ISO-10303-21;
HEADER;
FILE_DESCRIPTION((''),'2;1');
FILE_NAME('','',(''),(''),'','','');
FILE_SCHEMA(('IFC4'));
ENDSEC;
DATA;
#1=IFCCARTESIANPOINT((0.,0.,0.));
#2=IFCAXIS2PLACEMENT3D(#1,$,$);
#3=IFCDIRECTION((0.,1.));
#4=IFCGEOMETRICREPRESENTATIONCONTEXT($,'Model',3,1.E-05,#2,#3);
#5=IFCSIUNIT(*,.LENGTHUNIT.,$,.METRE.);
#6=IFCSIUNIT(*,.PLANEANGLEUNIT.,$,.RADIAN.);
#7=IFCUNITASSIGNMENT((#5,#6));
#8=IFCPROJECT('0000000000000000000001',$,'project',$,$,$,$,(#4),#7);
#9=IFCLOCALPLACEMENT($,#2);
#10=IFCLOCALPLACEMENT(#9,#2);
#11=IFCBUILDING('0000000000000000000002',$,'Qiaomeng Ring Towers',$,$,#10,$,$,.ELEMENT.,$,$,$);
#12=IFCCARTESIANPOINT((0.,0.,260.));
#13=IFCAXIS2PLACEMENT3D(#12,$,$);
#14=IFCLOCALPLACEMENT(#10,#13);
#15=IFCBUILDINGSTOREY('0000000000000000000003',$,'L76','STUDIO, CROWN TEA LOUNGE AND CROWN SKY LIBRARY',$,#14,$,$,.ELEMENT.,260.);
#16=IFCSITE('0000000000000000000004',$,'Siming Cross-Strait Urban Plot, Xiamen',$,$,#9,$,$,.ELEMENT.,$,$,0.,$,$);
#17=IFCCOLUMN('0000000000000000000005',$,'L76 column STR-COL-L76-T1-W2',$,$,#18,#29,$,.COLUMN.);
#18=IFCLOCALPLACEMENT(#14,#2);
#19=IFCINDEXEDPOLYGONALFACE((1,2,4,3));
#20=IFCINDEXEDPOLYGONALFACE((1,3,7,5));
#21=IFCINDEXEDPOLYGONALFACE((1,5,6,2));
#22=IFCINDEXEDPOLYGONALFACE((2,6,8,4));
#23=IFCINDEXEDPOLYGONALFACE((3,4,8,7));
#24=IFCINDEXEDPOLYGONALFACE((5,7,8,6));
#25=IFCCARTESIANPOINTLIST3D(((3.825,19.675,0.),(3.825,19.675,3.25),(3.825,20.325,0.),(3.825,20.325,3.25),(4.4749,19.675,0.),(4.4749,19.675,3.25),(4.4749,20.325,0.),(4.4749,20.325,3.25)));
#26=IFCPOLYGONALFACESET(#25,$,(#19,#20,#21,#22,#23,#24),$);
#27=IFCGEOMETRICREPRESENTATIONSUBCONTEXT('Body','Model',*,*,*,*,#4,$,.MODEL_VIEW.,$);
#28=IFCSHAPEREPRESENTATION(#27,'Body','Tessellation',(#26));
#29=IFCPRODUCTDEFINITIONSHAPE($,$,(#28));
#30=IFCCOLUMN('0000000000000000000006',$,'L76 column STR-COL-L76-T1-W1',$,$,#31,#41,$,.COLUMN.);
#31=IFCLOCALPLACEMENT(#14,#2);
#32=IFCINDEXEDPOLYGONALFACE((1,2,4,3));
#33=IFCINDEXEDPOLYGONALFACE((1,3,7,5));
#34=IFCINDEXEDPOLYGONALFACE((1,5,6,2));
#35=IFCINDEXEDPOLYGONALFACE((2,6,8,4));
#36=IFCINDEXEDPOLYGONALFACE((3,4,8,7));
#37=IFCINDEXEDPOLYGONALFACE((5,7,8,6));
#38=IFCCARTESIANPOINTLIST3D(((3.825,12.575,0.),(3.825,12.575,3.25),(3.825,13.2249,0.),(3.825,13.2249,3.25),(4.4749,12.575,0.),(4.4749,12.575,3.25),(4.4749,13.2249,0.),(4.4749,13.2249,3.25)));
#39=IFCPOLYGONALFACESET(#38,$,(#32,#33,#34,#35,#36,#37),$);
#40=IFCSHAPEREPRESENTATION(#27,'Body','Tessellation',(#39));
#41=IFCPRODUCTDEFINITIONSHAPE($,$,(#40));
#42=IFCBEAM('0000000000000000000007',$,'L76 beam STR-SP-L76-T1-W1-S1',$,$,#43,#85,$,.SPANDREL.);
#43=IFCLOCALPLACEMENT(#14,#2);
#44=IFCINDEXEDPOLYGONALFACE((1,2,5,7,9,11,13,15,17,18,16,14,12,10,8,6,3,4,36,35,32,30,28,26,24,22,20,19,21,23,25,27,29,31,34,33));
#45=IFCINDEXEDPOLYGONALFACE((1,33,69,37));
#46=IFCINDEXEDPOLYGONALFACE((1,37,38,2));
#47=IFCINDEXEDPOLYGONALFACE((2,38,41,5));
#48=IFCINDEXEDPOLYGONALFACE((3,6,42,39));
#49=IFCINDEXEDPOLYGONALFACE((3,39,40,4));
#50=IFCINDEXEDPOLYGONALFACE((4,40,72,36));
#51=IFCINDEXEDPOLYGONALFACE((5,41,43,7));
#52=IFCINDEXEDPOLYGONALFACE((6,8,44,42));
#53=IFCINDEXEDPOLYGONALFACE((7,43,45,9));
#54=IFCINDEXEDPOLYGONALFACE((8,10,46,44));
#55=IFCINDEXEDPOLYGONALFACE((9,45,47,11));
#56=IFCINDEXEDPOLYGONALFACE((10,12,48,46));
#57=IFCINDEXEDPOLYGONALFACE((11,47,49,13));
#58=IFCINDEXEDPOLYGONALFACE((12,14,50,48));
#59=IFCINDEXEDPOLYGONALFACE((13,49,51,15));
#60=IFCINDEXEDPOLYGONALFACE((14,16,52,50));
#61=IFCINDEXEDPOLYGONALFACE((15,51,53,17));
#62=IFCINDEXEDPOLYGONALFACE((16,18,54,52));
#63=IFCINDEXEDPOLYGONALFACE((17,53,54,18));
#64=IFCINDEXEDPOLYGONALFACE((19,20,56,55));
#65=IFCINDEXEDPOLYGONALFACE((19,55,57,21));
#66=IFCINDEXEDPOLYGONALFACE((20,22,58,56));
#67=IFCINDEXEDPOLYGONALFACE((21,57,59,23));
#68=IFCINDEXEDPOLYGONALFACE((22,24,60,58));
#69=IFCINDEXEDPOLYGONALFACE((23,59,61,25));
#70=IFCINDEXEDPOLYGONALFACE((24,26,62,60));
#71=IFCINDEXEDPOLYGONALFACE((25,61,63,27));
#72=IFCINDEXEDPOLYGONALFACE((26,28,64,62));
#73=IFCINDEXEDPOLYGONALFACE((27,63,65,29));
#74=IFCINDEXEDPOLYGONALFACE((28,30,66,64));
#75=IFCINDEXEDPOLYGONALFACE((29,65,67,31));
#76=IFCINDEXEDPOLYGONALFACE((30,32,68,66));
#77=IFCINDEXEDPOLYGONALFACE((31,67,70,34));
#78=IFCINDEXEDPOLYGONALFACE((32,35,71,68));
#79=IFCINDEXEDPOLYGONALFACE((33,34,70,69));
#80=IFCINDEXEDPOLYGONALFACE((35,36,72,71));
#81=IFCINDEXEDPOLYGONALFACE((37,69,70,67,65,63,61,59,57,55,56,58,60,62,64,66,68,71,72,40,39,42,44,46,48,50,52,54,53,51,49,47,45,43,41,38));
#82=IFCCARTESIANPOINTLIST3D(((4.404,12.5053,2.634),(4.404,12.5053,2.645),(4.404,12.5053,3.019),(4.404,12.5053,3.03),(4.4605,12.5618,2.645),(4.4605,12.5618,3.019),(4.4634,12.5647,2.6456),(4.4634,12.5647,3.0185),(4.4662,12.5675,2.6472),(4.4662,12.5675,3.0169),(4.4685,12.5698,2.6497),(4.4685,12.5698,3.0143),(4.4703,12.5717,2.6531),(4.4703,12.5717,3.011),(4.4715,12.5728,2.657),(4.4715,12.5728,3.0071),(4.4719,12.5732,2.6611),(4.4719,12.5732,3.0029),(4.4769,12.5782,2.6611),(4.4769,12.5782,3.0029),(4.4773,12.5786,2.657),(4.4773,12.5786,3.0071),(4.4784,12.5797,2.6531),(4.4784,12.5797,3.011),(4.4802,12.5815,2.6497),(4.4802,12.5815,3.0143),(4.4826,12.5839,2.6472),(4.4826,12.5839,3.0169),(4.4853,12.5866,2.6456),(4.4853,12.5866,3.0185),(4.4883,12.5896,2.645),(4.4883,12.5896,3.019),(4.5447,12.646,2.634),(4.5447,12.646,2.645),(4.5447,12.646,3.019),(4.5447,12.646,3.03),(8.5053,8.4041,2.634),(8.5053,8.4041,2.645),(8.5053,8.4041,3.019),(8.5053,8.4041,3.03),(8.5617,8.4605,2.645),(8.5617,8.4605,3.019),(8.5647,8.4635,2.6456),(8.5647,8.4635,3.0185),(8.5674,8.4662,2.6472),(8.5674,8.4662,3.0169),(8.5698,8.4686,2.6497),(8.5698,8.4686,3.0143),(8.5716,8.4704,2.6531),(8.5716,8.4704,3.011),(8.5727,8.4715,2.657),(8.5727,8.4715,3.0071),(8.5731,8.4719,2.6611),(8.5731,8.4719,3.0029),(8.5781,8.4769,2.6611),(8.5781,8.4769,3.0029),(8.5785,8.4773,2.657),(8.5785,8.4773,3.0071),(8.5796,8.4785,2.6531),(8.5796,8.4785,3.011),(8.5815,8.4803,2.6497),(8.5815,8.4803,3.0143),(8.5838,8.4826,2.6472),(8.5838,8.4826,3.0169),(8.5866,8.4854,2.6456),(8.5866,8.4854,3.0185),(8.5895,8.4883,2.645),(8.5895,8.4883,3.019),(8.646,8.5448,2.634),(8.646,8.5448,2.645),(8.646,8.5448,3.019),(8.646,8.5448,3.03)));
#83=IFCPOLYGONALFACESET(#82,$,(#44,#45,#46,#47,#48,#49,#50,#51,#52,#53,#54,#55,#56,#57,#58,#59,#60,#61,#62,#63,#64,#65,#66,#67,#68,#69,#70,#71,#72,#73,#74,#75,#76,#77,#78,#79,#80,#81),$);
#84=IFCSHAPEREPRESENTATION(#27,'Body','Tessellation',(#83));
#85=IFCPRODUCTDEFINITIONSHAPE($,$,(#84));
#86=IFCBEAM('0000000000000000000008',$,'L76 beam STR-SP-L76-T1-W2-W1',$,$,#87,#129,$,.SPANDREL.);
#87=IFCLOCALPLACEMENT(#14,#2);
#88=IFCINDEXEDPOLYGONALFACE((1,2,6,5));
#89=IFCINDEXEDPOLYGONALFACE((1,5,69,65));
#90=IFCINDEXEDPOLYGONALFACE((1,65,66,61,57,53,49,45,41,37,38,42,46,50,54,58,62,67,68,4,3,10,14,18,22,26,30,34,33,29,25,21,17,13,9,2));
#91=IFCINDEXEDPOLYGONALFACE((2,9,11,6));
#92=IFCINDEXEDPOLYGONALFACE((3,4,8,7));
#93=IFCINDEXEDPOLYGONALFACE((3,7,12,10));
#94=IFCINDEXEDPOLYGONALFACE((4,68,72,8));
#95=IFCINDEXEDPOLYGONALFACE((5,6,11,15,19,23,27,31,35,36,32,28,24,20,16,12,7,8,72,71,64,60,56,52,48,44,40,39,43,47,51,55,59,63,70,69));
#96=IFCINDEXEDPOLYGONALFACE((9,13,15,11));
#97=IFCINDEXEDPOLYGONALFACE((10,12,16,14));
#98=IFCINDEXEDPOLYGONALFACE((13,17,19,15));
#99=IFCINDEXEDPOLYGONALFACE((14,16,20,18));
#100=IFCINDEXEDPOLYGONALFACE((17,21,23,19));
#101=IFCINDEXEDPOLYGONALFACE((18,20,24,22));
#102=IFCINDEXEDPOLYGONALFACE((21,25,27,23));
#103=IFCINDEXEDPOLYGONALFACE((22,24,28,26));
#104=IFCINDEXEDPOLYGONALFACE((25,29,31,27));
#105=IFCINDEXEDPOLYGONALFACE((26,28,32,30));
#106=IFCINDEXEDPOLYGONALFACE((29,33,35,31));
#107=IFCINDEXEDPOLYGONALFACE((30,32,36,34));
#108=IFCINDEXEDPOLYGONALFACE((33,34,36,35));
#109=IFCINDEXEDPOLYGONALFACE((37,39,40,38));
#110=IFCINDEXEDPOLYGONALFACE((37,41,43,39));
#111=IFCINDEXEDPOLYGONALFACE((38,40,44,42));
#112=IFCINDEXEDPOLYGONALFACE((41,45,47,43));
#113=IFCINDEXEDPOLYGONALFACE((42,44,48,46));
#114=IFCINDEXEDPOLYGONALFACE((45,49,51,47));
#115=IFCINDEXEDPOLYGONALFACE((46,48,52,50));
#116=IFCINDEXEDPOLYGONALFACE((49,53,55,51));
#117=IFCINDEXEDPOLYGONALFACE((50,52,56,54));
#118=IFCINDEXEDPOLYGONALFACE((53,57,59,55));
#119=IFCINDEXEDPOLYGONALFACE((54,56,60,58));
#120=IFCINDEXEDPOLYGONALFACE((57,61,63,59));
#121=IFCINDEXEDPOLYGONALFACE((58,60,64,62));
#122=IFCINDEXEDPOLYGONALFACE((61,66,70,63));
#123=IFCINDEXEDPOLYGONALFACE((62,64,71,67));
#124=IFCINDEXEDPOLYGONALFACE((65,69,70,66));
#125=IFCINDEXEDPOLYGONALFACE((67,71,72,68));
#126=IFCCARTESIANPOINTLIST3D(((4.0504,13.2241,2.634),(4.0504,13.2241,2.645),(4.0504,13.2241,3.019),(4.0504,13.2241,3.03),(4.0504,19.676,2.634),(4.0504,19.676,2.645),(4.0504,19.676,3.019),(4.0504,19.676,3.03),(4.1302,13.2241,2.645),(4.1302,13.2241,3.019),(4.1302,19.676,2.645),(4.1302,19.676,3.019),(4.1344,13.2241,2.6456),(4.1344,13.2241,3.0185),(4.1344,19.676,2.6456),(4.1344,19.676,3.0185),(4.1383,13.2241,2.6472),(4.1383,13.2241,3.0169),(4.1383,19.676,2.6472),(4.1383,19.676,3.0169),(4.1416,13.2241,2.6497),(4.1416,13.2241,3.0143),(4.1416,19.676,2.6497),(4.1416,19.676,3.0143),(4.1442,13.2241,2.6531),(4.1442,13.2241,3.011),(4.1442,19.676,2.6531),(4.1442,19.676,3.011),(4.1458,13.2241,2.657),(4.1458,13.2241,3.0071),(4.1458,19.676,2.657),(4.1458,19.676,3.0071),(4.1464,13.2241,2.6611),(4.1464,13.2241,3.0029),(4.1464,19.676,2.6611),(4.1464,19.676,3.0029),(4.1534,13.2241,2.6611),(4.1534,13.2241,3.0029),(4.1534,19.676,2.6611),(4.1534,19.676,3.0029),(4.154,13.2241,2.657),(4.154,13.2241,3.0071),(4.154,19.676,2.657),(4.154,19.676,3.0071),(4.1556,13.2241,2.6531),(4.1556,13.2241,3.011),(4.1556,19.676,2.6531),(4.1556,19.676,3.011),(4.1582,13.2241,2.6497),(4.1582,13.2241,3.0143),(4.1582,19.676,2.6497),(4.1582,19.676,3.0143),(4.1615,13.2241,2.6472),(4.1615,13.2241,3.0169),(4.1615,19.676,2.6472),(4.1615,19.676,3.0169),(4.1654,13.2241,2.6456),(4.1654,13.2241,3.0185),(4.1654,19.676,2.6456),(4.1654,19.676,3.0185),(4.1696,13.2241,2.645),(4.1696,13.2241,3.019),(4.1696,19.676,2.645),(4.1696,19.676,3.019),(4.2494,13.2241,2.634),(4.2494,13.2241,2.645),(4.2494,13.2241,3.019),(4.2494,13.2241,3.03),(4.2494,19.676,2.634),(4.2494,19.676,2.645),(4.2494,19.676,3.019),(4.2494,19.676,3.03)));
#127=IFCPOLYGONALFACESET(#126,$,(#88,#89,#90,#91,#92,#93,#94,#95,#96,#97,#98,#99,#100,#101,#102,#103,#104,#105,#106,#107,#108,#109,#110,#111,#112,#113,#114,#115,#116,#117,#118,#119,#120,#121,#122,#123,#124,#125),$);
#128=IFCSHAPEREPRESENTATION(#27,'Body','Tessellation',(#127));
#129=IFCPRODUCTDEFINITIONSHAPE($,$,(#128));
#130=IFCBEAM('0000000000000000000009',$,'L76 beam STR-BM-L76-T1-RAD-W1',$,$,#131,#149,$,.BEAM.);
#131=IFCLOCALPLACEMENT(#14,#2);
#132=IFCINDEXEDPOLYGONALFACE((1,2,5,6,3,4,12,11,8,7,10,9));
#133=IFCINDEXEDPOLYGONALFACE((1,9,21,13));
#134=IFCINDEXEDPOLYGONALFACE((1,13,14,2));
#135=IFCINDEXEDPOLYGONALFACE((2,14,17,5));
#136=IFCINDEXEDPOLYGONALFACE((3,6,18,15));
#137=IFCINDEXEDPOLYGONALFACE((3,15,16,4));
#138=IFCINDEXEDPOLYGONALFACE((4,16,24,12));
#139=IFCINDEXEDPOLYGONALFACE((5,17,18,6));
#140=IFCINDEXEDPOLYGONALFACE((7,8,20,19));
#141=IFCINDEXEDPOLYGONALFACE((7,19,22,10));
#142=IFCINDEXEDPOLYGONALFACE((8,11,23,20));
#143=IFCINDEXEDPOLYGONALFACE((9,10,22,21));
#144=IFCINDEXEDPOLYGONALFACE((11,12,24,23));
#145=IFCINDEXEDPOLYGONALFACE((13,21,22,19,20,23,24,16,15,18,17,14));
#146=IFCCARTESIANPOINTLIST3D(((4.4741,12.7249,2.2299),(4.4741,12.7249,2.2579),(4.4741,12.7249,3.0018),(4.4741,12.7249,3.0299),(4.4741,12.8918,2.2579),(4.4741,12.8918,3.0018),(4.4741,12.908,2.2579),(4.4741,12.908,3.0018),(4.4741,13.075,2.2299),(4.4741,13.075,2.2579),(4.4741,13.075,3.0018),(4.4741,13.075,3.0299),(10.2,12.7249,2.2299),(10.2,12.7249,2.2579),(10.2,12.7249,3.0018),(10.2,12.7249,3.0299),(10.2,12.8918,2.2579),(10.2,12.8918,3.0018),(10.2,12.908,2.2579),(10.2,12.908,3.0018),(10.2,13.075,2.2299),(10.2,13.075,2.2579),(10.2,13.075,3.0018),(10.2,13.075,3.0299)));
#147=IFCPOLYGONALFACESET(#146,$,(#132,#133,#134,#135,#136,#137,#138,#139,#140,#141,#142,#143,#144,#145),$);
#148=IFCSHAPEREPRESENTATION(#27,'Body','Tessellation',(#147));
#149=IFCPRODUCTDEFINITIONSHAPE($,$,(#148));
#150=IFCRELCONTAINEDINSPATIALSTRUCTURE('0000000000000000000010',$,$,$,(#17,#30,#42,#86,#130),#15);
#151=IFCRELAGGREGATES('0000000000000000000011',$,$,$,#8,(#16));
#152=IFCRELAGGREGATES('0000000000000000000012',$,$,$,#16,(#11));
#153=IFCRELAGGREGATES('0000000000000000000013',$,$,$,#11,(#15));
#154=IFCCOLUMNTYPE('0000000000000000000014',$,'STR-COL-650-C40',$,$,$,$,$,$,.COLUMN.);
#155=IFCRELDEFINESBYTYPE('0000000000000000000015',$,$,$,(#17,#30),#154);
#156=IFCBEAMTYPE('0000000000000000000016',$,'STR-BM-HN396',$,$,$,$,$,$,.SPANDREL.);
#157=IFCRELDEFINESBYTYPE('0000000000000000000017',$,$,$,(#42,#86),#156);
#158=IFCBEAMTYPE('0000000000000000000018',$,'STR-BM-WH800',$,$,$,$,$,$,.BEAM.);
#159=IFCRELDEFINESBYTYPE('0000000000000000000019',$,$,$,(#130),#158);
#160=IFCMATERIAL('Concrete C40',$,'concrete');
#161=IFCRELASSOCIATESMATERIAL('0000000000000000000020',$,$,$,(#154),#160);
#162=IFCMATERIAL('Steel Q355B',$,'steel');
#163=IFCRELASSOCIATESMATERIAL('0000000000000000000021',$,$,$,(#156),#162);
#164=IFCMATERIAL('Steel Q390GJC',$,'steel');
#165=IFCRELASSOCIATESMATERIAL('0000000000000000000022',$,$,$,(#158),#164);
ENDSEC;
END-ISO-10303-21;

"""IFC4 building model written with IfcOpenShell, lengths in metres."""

from ifc_helpers import new_model, si_unit, direction, frame, origin, origin_2d, place, context, subcontext, project, spatial, rectangle, i_section, extrude, source, transform, mapped, material, material_profile, profile_set, type_object, element, save


model = new_model("IFC4")

# Units and contexts
model_context = context("Model", 3, precision=1e-05, world=origin(), true_north=direction((0.0, 1.0)))
body_context = subcontext(model_context, "Body", "Model", "MODEL_VIEW")
ifc_project = project(units=[si_unit("LENGTHUNIT", "METRE"), si_unit("PLANEANGLEUNIT", "RADIAN")], contexts=[model_context])

# Site, building, storey
site_placement = place(None, origin())
site = spatial("IfcSite", under=ifc_project, at=site_placement, Name="Siming Cross-Strait Urban Plot, Xiamen", CompositionType="ELEMENT", RefElevation=0.0)
building_placement = place(site_placement, origin())
building = spatial("IfcBuilding", under=site, at=building_placement, Name="Qiaomeng Ring Towers", CompositionType="ELEMENT")
storey_placement = place(building_placement, frame((0.0, 0.0, 260.0)))
storey = spatial("IfcBuildingStorey", under=building, at=storey_placement, Name="L76", Description="STUDIO, CROWN TEA LOUNGE AND CROWN SKY LIBRARY", CompositionType="ELEMENT", Elevation=260.0)

# Columns
ifc_material_1 = material(Name="Concrete C40", Category="concrete")
ifc_material_profile_1 = material_profile(ifc_material_1, rectangle(XDim=0.6499, YDim=0.6499, at=origin_2d()), Name="RC COL 650x650")
ifc_profile_set_1 = profile_set([ifc_material_profile_1], Name="Concrete C40")
column_type = type_object("IfcColumnType", Name="STR-COL-650-C40", PredefinedType="COLUMN", material=ifc_profile_set_1)
shared_shape_1 = source(origin(), body_context, "Body", "SweptSolid", [
    extrude(rectangle(XDim=0.6499, YDim=0.6499, at=origin_2d()), origin(), (0.0, 0.0, 1.0), 3.25),
])
for number, where, z_axis, x_axis, name in (
    (1, (4.1499, 20.0, 0.0), (0.0, 0.0, 1.0), (1.0, 0.0, 0.0), "L76 column STR-COL-L76-T1-W2"),
    (2, (4.1499, 12.8999, 0.0), (0.0, 0.0, 1.0), (1.0, 0.0, 0.0), "L76 column STR-COL-L76-T1-W1"),
):
    element("IfcColumn", number, at=place(storey_placement, frame(where, z_axis=z_axis, x_axis=x_axis)), inside=storey, type_object=column_type, Name=name, PredefinedType="COLUMN", context=body_context, shape_type="MappedRepresentation", body=[
        mapped(shared_shape_1, transform((0.0, 0.0, 0.0), x_axis=(1.0, 0.0, 0.0), y_axis=(0.0, 1.0, 0.0), z_axis=(0.0, 0.0, 1.0), scale=1.0)),
    ])

# Beams
ifc_material_2 = material(Name="Steel Q355B", Category="steel")
ifc_material_profile_2 = material_profile(ifc_material_2, i_section(OverallWidth=0.199, OverallDepth=0.396, WebThickness=0.0071, FlangeThickness=0.011, FilletRadius=0.0161, at=origin_2d()), Name="HN 396x199x7x11")
ifc_profile_set_2 = profile_set([ifc_material_profile_2], Name="Steel Q355B")
beam_type_1 = type_object("IfcBeamType", Name="STR-BM-HN396", PredefinedType="SPANDREL", material=ifc_profile_set_2)
shared_shape_2 = source(origin(), body_context, "Body", "SweptSolid", [
    extrude(i_section(OverallWidth=0.199, OverallDepth=0.396, WebThickness=0.0071, FlangeThickness=0.011, FilletRadius=0.0161, at=origin_2d()), origin(), (0.0, 0.0, 1.0), 5.8),
])
beam_1_placement = place(storey_placement, frame((4.4744, 12.5757, 2.832), z_axis=(0.707107, -0.707107, 0.0), x_axis=(0.707107, 0.707107, 0.0)))
element("IfcBeam", 3, at=beam_1_placement, inside=storey, type_object=beam_type_1, Name="L76 beam STR-SP-L76-T1-W1-S1", PredefinedType="SPANDREL", context=body_context, shape_type="MappedRepresentation", body=[
    mapped(shared_shape_2, transform((0.0, 0.0, 0.0), x_axis=(1.0, 0.0, 0.0), y_axis=(0.0, 1.0, 0.0), z_axis=(0.0, 0.0, 1.0), scale=1.0)),
])
shared_shape_3 = source(origin(), body_context, "Body", "SweptSolid", [
    extrude(i_section(OverallWidth=0.199, OverallDepth=0.396, WebThickness=0.0071, FlangeThickness=0.011, FilletRadius=0.0161, at=origin_2d()), origin(), (0.0, 0.0, 1.0), 6.4519),
])
beam_2_placement = place(storey_placement, frame((4.1499, 19.676, 2.832), z_axis=(0.0, -1.0, 0.0), x_axis=(1.0, 0.0, 0.0)))
element("IfcBeam", 4, at=beam_2_placement, inside=storey, type_object=beam_type_1, Name="L76 beam STR-SP-L76-T1-W2-W1", PredefinedType="SPANDREL", context=body_context, shape_type="MappedRepresentation", body=[
    mapped(shared_shape_3, transform((0.0, 0.0, 0.0), x_axis=(1.0, 0.0, 0.0), y_axis=(0.0, 1.0, 0.0), z_axis=(0.0, 0.0, 1.0), scale=1.0)),
])
ifc_material_3 = material(Name="Steel Q390GJC", Category="steel")
ifc_material_profile_3 = material_profile(ifc_material_3, i_section(OverallWidth=0.3501, OverallDepth=0.8, WebThickness=0.0161, FlangeThickness=0.0281, at=origin_2d()), Name="WH 800x350x16x28")
ifc_profile_set_3 = profile_set([ifc_material_profile_3], Name="Steel Q390GJC")
beam_type_2 = type_object("IfcBeamType", Name="STR-BM-WH800", PredefinedType="BEAM", material=ifc_profile_set_3)
shared_shape_4 = source(origin(), body_context, "Body", "SweptSolid", [
    extrude(i_section(OverallWidth=0.3501, OverallDepth=0.8, WebThickness=0.0161, FlangeThickness=0.0281, at=origin_2d()), origin(), (0.0, 0.0, 1.0), 5.7258),
])
beam_3_placement = place(storey_placement, frame((4.4741, 12.8999, 2.6299), z_axis=(1.0, 0.0, 0.0), x_axis=(0.0, 1.0, 0.0)))
element("IfcBeam", 5, at=beam_3_placement, inside=storey, type_object=beam_type_2, Name="L76 beam STR-BM-L76-T1-RAD-W1", PredefinedType="BEAM", context=body_context, shape_type="MappedRepresentation", body=[
    mapped(shared_shape_4, transform((0.0, 0.0, 0.0), x_axis=(1.0, 0.0, 0.0), y_axis=(0.0, 1.0, 0.0), z_axis=(0.0, 0.0, 1.0), scale=1.0)),
])

save(model, "model.ifc")
